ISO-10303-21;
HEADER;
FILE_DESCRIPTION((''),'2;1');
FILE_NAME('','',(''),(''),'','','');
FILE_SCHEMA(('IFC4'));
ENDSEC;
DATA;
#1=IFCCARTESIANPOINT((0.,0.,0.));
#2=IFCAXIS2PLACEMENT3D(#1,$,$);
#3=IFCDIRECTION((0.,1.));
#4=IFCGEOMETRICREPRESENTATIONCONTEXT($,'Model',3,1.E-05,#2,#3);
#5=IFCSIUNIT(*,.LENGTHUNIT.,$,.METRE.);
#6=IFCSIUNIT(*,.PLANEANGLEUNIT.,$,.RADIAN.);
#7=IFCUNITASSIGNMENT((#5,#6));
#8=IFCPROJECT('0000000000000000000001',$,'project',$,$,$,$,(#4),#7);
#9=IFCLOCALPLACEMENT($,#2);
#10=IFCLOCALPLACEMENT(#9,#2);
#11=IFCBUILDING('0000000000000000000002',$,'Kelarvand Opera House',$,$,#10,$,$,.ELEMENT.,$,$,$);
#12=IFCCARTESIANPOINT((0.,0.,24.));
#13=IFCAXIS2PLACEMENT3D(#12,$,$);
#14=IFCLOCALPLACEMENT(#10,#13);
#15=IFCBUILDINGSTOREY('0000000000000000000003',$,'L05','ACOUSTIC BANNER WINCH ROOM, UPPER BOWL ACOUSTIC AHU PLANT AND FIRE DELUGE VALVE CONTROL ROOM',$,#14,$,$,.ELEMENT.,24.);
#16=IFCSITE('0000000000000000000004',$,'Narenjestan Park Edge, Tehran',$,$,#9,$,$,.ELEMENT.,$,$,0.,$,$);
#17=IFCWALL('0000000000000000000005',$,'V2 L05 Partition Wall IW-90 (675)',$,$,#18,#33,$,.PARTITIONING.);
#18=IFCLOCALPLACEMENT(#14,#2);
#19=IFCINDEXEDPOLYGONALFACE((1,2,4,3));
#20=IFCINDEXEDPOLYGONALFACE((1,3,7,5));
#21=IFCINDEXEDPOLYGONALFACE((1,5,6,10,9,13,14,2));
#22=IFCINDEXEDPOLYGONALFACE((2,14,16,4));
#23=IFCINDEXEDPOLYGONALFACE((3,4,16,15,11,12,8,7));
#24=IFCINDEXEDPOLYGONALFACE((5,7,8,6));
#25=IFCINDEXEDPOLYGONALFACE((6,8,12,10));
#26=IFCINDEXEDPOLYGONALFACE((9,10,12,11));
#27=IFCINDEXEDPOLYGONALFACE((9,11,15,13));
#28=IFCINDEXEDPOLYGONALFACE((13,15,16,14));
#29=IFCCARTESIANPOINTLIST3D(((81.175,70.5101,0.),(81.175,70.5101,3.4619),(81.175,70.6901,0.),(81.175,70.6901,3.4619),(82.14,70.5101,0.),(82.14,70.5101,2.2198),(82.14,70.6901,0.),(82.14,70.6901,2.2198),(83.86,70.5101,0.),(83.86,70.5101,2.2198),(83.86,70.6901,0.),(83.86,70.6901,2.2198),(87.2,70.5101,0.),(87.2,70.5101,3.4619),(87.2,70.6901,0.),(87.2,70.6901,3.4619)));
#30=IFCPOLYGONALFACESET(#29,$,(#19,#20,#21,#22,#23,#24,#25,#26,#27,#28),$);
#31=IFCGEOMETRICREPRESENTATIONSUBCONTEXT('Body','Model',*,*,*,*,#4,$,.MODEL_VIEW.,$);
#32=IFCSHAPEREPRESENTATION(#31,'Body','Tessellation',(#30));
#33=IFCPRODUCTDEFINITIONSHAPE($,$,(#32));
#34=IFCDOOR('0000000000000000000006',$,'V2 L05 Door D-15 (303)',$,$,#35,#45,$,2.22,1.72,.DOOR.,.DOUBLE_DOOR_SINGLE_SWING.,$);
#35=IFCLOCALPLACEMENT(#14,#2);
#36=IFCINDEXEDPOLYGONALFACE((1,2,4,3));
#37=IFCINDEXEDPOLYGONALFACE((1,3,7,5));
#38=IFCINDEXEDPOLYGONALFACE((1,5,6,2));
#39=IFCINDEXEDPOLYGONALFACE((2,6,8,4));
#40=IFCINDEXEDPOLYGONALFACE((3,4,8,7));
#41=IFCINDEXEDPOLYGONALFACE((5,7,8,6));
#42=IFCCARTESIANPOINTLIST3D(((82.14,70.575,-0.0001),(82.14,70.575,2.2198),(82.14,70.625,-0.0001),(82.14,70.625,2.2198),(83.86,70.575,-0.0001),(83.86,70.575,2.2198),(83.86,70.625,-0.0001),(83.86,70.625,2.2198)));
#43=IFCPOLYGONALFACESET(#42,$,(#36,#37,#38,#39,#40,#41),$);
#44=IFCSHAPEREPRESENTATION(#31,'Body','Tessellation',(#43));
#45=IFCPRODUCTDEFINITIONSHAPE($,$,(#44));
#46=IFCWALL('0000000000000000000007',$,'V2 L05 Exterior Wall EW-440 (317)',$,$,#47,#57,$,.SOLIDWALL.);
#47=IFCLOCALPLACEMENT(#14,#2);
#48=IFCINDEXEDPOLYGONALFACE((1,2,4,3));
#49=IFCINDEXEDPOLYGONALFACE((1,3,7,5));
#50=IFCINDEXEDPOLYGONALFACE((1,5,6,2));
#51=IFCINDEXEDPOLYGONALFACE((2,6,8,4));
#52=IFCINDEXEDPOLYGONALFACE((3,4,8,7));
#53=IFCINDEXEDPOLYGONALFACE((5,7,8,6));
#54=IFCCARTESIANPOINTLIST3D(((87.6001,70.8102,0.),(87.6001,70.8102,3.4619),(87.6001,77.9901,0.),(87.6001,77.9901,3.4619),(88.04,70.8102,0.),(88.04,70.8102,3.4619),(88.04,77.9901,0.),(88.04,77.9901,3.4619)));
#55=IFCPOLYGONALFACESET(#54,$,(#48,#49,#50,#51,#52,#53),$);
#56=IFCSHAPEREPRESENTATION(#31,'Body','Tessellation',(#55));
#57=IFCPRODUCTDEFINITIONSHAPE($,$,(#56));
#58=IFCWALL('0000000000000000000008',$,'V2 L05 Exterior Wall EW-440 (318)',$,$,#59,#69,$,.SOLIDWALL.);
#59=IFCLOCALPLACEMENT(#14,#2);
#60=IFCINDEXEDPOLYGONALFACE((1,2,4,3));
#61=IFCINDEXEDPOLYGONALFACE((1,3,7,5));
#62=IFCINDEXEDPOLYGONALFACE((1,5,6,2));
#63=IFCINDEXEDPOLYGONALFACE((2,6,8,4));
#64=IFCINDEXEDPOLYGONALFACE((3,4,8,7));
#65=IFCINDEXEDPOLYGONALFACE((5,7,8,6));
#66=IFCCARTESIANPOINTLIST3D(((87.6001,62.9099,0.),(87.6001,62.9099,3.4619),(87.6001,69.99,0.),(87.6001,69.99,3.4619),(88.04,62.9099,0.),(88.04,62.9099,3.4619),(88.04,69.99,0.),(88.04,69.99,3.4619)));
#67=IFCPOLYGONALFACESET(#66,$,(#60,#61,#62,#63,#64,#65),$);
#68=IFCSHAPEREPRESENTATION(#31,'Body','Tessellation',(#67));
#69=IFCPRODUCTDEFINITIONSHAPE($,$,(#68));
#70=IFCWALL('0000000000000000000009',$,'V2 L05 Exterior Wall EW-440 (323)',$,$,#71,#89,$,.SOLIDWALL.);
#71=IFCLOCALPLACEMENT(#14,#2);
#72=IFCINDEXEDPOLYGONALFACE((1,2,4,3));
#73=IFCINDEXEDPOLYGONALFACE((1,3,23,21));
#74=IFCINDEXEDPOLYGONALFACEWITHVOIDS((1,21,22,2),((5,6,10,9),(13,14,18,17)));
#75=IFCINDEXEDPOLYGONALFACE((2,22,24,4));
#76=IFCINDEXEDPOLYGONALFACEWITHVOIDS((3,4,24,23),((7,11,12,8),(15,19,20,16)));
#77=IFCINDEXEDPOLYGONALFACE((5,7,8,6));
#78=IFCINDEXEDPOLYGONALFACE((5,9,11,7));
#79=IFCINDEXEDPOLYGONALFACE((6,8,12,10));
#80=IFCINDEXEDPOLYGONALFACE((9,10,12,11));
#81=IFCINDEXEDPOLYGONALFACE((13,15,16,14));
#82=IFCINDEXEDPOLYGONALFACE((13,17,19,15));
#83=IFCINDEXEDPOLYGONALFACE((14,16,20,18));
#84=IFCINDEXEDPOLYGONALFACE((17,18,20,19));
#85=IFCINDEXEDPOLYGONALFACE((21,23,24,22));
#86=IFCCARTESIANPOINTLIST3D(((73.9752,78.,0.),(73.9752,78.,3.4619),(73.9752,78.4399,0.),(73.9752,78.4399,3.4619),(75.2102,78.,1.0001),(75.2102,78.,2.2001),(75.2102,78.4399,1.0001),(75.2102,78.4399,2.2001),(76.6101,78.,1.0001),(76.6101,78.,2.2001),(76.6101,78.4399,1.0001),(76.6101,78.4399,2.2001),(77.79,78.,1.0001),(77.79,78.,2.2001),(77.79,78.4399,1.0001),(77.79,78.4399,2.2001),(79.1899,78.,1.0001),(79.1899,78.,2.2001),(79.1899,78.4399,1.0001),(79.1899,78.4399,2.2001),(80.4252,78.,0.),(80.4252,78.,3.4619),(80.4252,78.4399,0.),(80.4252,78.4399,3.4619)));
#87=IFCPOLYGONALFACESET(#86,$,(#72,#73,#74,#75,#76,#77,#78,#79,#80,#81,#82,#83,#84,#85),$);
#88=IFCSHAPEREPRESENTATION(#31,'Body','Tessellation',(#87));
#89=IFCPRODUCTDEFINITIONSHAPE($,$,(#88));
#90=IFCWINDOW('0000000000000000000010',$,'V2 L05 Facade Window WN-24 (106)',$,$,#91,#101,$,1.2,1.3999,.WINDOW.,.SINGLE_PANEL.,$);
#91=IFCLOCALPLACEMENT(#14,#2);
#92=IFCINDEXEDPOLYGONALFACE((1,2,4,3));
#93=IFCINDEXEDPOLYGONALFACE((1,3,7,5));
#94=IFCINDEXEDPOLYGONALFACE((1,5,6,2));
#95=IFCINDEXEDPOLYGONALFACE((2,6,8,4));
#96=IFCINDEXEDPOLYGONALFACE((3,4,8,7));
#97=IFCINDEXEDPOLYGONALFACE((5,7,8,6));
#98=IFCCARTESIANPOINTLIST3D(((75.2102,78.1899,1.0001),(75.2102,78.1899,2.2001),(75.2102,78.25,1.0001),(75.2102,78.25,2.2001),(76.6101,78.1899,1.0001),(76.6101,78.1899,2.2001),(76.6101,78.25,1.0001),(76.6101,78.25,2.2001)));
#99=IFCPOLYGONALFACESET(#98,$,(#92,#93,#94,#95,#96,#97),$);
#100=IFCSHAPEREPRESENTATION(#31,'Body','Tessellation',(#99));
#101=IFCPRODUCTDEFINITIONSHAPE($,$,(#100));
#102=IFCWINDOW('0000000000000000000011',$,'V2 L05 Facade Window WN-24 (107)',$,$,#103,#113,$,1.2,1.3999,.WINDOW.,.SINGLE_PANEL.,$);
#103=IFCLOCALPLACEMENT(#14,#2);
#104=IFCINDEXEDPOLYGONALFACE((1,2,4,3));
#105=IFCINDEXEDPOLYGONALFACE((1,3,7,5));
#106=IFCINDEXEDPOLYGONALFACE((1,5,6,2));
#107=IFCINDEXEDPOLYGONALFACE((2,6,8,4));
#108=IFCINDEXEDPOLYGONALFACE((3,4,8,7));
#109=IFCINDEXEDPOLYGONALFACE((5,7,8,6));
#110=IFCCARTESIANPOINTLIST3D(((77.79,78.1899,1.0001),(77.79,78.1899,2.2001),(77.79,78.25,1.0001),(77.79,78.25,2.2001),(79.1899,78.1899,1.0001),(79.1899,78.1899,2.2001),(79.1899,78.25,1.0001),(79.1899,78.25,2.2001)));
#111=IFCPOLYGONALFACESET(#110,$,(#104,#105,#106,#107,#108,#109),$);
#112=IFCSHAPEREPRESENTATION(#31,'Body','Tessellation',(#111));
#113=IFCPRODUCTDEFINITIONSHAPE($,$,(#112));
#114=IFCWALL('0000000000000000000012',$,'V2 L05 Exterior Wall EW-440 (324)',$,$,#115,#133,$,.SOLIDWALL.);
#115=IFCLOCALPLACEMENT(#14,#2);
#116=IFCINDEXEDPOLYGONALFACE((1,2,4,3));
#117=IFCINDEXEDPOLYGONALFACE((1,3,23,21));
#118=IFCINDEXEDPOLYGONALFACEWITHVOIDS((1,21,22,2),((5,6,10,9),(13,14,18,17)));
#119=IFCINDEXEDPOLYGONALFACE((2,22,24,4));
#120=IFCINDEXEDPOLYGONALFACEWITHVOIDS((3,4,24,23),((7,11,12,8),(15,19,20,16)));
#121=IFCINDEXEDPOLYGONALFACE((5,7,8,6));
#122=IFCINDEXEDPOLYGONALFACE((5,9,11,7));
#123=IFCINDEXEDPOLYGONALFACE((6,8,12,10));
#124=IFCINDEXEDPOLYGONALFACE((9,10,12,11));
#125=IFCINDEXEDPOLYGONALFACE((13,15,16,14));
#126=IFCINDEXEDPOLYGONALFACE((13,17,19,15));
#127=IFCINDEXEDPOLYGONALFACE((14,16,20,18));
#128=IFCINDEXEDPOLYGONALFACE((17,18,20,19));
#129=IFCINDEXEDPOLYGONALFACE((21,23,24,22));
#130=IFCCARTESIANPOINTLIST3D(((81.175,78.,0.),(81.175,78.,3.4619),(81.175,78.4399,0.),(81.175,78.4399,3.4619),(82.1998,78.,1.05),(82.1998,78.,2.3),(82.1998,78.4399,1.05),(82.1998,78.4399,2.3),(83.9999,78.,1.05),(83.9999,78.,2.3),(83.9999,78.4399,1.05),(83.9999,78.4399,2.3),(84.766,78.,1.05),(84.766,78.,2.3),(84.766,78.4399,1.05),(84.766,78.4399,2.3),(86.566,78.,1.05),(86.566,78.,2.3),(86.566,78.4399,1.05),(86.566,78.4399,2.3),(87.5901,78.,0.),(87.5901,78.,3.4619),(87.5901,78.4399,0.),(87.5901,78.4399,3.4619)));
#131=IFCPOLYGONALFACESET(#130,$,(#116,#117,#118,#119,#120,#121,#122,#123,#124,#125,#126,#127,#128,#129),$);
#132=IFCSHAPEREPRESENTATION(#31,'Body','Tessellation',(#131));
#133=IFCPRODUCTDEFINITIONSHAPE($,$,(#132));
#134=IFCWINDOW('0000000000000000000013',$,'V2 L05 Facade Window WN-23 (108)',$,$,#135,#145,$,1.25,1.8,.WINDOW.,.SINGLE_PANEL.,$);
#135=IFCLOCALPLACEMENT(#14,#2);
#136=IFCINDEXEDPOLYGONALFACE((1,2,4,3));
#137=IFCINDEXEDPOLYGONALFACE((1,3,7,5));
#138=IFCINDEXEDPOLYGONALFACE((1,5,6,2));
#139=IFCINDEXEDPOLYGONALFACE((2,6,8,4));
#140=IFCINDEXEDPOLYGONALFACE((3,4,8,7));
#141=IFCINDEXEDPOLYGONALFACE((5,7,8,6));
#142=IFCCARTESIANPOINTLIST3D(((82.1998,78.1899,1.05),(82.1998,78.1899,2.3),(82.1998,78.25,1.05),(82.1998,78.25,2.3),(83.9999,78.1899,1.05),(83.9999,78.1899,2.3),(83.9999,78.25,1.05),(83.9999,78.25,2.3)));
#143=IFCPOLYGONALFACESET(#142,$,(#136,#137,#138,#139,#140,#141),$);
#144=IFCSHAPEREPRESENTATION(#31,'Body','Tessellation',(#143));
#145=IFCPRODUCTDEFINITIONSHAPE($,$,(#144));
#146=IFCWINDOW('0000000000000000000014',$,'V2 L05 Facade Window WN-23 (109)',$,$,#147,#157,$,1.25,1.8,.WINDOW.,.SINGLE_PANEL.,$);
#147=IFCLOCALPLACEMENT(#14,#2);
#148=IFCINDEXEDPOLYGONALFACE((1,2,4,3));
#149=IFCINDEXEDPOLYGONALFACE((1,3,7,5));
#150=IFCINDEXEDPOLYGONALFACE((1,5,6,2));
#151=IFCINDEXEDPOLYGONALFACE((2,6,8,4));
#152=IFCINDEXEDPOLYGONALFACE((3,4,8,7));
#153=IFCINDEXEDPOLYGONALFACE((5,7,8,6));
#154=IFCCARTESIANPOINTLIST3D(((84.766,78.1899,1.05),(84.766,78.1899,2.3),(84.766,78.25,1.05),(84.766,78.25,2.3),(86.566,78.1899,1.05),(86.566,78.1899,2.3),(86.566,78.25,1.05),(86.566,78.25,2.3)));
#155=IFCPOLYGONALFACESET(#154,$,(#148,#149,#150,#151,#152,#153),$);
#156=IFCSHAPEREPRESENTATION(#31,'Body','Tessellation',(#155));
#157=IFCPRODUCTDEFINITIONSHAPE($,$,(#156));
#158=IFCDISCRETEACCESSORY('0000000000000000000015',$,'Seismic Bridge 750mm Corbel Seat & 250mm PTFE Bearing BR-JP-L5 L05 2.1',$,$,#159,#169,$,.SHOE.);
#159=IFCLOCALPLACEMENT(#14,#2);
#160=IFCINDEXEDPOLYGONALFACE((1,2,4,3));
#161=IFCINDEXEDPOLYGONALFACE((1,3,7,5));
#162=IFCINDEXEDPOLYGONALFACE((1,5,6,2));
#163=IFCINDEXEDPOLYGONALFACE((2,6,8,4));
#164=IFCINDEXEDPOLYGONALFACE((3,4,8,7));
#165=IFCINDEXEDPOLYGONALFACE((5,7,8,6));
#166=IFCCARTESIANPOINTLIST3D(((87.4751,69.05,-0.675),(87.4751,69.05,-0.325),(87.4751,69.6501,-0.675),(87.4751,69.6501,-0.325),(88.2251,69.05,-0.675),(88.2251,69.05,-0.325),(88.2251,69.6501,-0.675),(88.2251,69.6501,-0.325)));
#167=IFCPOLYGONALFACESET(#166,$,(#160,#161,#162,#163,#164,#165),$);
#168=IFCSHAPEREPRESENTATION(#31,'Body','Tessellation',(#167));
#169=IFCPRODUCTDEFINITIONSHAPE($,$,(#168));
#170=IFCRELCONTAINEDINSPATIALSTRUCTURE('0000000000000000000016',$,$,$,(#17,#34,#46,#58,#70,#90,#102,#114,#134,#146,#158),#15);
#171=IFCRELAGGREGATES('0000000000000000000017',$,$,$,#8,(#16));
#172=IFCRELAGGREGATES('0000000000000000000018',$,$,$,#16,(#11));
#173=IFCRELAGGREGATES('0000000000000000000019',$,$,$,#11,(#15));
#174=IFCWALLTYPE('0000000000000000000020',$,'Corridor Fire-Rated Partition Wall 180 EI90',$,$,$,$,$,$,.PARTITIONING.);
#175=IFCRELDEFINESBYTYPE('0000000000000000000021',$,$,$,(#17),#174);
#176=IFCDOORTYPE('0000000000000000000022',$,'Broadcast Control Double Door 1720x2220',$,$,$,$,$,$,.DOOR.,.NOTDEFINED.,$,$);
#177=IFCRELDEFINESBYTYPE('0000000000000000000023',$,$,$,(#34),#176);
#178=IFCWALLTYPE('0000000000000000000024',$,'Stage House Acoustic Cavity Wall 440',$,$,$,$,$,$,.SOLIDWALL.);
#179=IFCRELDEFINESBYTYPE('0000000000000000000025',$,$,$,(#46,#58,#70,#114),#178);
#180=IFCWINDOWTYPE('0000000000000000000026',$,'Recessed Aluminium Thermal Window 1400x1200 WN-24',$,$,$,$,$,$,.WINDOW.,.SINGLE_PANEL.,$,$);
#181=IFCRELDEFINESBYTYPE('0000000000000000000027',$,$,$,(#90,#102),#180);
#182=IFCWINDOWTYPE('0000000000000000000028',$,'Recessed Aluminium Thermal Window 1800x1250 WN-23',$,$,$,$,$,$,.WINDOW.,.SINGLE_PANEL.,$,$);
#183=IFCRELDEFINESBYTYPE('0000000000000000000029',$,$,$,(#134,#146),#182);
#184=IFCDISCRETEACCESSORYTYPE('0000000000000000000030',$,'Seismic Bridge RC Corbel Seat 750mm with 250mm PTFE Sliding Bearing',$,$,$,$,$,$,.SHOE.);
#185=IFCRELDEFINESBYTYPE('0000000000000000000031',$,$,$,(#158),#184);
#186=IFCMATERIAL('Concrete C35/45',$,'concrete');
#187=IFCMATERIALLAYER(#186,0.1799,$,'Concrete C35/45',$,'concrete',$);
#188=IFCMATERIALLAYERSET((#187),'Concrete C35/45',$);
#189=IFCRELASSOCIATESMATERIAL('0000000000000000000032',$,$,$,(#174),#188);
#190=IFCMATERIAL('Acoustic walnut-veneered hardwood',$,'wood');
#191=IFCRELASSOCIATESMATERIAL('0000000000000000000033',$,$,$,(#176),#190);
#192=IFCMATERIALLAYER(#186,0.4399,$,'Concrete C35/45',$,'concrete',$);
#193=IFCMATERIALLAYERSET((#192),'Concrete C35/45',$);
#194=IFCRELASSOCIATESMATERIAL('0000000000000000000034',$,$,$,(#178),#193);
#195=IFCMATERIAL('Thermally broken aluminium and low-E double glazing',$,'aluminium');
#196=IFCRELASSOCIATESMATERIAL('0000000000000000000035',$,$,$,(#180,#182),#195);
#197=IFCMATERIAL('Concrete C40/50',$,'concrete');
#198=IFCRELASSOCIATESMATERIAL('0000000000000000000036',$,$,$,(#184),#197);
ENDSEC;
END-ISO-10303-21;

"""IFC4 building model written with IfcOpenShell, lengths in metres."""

from ifc_helpers import new_model, si_unit, direction, frame, frame_2d, origin, origin_2d, place, context, subcontext, project, spatial, rectangle, extrude, material, layer, layer_set, type_object, element, fill, save


model = new_model("IFC4")

# Units and contexts
model_context = context("Model", 3, precision=1e-05, world=origin(), true_north=direction((0.0, 1.0)))
body_context = subcontext(model_context, "Body", "Model", "MODEL_VIEW")
ifc_project = project(units=[si_unit("LENGTHUNIT", "METRE"), si_unit("PLANEANGLEUNIT", "RADIAN")], contexts=[model_context])

# Site, building, storey
site_placement = place(None, origin())
site = spatial("IfcSite", under=ifc_project, at=site_placement, Name="Narenjestan Park Edge, Tehran", CompositionType="ELEMENT", RefElevation=0.0)
building_placement = place(site_placement, origin())
building = spatial("IfcBuilding", under=site, at=building_placement, Name="Kelarvand Opera House", CompositionType="ELEMENT")
storey_placement = place(building_placement, frame((0.0, 0.0, 24.0)))
storey = spatial("IfcBuildingStorey", under=building, at=storey_placement, Name="L05", Description="ACOUSTIC BANNER WINCH ROOM, UPPER BOWL ACOUSTIC AHU PLANT AND FIRE DELUGE VALVE CONTROL ROOM", CompositionType="ELEMENT", Elevation=24.0)

# Shared definitions
ifc_material_1 = material(Name="Concrete C40/50", Category="concrete")

# Shared definitions
ifc_material_2 = material(Name="Concrete C35/45", Category="concrete")

# Shared definitions
ifc_layer_1 = layer(ifc_material_2, 0.1799, Name="Concrete C35/45", Category="concrete")
ifc_layer_set_1 = layer_set([ifc_layer_1], Name="Concrete C35/45")
wall_type_1 = type_object("IfcWallType", Name="Corridor Fire-Rated Partition Wall 180 EI90", PredefinedType="PARTITIONING", material=ifc_layer_set_1)
ifc_material_3 = material(Name="Acoustic walnut-veneered hardwood", Category="wood")

# Wall, opening, door
wall_1_placement = place(storey_placement, frame((81.175, 70.6001, 0.0), z_axis=(0.0, 0.0, 1.0), x_axis=(1.0, 0.0, 0.0)))
wall_1 = element("IfcWall", 1, at=wall_1_placement, inside=storey, type_object=wall_type_1, Name="V2 L05 Partition Wall IW-90 (675)", PredefinedType="PARTITIONING", context=body_context, shape_type="SweptSolid", body=[
    extrude(rectangle(XDim=6.0249, YDim=0.1799, at=frame_2d((3.0125, 0.0))), origin(), (0.0, 0.0, 1.0), 3.4619),
])
opening_1_placement = place(wall_1_placement, frame((0.9651, 0.0, 0.0)))
opening_1 = element("IfcOpeningElement", 2, at=opening_1_placement, cuts=wall_1, PredefinedType="OPENING", context=body_context, shape_type="SweptSolid", body=[
    extrude(rectangle(XDim=1.72, YDim=2.22, at=frame_2d((0.8599, 1.1099))), frame((0.0, 0.1001, 0.0), z_axis=(0.0, -1.0, 0.0), x_axis=(1.0, 0.0, 0.0)), (0.0, 0.0, 1.0), 0.2),
])
door_type_1 = type_object("IfcDoorType", Name="Broadcast Control Double Door 1720x2220", OperationType="NOTDEFINED", PredefinedType="DOOR", material=ifc_material_3)
door_1_placement = place(opening_1_placement, origin())
door_1 = element("IfcDoor", 3, at=door_1_placement, inside=storey, type_object=door_type_1, Name="V2 L05 Door D-15 (303)", OperationType="DOUBLE_DOOR_SINGLE_SWING", OverallHeight=2.22, OverallWidth=1.72, PredefinedType="DOOR", context=body_context, shape_type="SweptSolid", body=[
    extrude(rectangle(XDim=1.72, YDim=2.22, at=frame_2d((0.8599, 1.1099))), frame((0.0, 0.0249, 0.0), z_axis=(0.0, -1.0, 0.0), x_axis=(1.0, 0.0, 0.0)), (0.0, 0.0, 1.0), 0.05),
])
fill(opening_1, door_1)

# Walls
ifc_layer_2 = layer(ifc_material_2, 0.4399, Name="Concrete C35/45", Category="concrete")
ifc_layer_set_2 = layer_set([ifc_layer_2], Name="Concrete C35/45")
wall_type_2 = type_object("IfcWallType", Name="Stage House Acoustic Cavity Wall 440", PredefinedType="SOLIDWALL", material=ifc_layer_set_2)
wall_2_placement = place(storey_placement, frame((87.8201, 77.99, 0.0), z_axis=(0.0, 0.0, 1.0), x_axis=(0.0, -1.0, 0.0)))
element("IfcWall", 4, at=wall_2_placement, inside=storey, type_object=wall_type_2, Name="V2 L05 Exterior Wall EW-440 (317)", PredefinedType="SOLIDWALL", context=body_context, shape_type="SweptSolid", body=[
    extrude(rectangle(XDim=7.1799, YDim=0.4399, at=frame_2d((3.5898, 0.0))), origin(), (0.0, 0.0, 1.0), 3.4619),
])
wall_3_placement = place(storey_placement, frame((87.8201, 69.99, 0.0), z_axis=(0.0, 0.0, 1.0), x_axis=(0.0, -1.0, 0.0)))
element("IfcWall", 5, at=wall_3_placement, inside=storey, type_object=wall_type_2, Name="V2 L05 Exterior Wall EW-440 (318)", PredefinedType="SOLIDWALL", context=body_context, shape_type="SweptSolid", body=[
    extrude(rectangle(XDim=7.0801, YDim=0.4399, at=frame_2d((3.54, 0.0))), origin(), (0.0, 0.0, 1.0), 3.4619),
])

# Walls, openings, windows
wall_4_placement = place(storey_placement, frame((73.9751, 78.22, 0.0), z_axis=(0.0, 0.0, 1.0), x_axis=(1.0, 0.0, 0.0)))
wall_4 = element("IfcWall", 6, at=wall_4_placement, inside=storey, type_object=wall_type_2, Name="V2 L05 Exterior Wall EW-440 (323)", PredefinedType="SOLIDWALL", context=body_context, shape_type="SweptSolid", body=[
    extrude(rectangle(XDim=6.45, YDim=0.4399, at=frame_2d((3.2251, 0.0))), origin(), (0.0, 0.0, 1.0), 3.4619),
])
opening_2_placement = place(wall_4_placement, frame((1.2351, 0.0, 1.0)))
opening_2 = element("IfcOpeningElement", 7, at=opening_2_placement, cuts=wall_4, PredefinedType="OPENING", context=body_context, shape_type="SweptSolid", body=[
    extrude(rectangle(XDim=1.3999, YDim=1.2, at=frame_2d((0.7, 0.6001))), frame((0.0, 0.23, 0.0), z_axis=(0.0, -1.0, 0.0), x_axis=(1.0, 0.0, 0.0)), (0.0, 0.0, 1.0), 0.46),
])
opening_3_placement = place(wall_4_placement, frame((3.8149, 0.0, 1.0)))
opening_3 = element("IfcOpeningElement", 8, at=opening_3_placement, cuts=wall_4, PredefinedType="OPENING", context=body_context, shape_type="SweptSolid", body=[
    extrude(rectangle(XDim=1.3999, YDim=1.2, at=frame_2d((0.7, 0.6001))), frame((0.0, 0.23, 0.0), z_axis=(0.0, -1.0, 0.0), x_axis=(1.0, 0.0, 0.0)), (0.0, 0.0, 1.0), 0.46),
])
ifc_material_4 = material(Name="Thermally broken aluminium and low-E double glazing", Category="aluminium")
window_type_1 = type_object("IfcWindowType", Name="Recessed Aluminium Thermal Window 1400x1200 WN-24", PartitioningType="SINGLE_PANEL", PredefinedType="WINDOW", material=ifc_material_4)
window_1_placement = place(opening_2_placement, origin())
window_1 = element("IfcWindow", 9, at=window_1_placement, inside=storey, type_object=window_type_1, Name="V2 L05 Facade Window WN-24 (106)", OverallHeight=1.2, OverallWidth=1.3999, PartitioningType="SINGLE_PANEL", PredefinedType="WINDOW", context=body_context, shape_type="SweptSolid", body=[
    extrude(rectangle(XDim=1.3999, YDim=1.2, at=frame_2d((0.7, 0.6001))), frame((0.0, 0.03, 0.0), z_axis=(0.0, -1.0, 0.0), x_axis=(1.0, 0.0, 0.0)), (0.0, 0.0, 1.0), 0.0601),
])
fill(opening_2, window_1)
window_2_placement = place(opening_3_placement, origin())
window_2 = element("IfcWindow", 10, at=window_2_placement, inside=storey, type_object=window_type_1, Name="V2 L05 Facade Window WN-24 (107)", OverallHeight=1.2, OverallWidth=1.3999, PartitioningType="SINGLE_PANEL", PredefinedType="WINDOW", context=body_context, shape_type="SweptSolid", body=[
    extrude(rectangle(XDim=1.3999, YDim=1.2, at=frame_2d((0.7, 0.6001))), frame((0.0, 0.03, 0.0), z_axis=(0.0, -1.0, 0.0), x_axis=(1.0, 0.0, 0.0)), (0.0, 0.0, 1.0), 0.0601),
])
fill(opening_3, window_2)
wall_5_placement = place(storey_placement, frame((81.175, 78.22, 0.0), z_axis=(0.0, 0.0, 1.0), x_axis=(1.0, 0.0, 0.0)))
wall_5 = element("IfcWall", 11, at=wall_5_placement, inside=storey, type_object=wall_type_2, Name="V2 L05 Exterior Wall EW-440 (324)", PredefinedType="SOLIDWALL", context=body_context, shape_type="SweptSolid", body=[
    extrude(rectangle(XDim=6.415, YDim=0.4399, at=frame_2d((3.2075, 0.0))), origin(), (0.0, 0.0, 1.0), 3.4619),
])
opening_4_placement = place(wall_5_placement, frame((1.0249, 0.0, 1.05)))
opening_4 = element("IfcOpeningElement", 12, at=opening_4_placement, cuts=wall_5, PredefinedType="OPENING", context=body_context, shape_type="SweptSolid", body=[
    extrude(rectangle(XDim=1.8, YDim=1.25, at=frame_2d((0.8999, 0.625))), frame((0.0, 0.23, 0.0), z_axis=(0.0, -1.0, 0.0), x_axis=(1.0, 0.0, 0.0)), (0.0, 0.0, 1.0), 0.46),
])
opening_5_placement = place(wall_5_placement, frame((3.5911, 0.0, 1.05)))
opening_5 = element("IfcOpeningElement", 13, at=opening_5_placement, cuts=wall_5, PredefinedType="OPENING", context=body_context, shape_type="SweptSolid", body=[
    extrude(rectangle(XDim=1.8, YDim=1.25, at=frame_2d((0.8999, 0.625))), frame((0.0, 0.23, 0.0), z_axis=(0.0, -1.0, 0.0), x_axis=(1.0, 0.0, 0.0)), (0.0, 0.0, 1.0), 0.46),
])
window_type_2 = type_object("IfcWindowType", Name="Recessed Aluminium Thermal Window 1800x1250 WN-23", PartitioningType="SINGLE_PANEL", PredefinedType="WINDOW", material=ifc_material_4)
window_3_placement = place(opening_4_placement, origin())
window_3 = element("IfcWindow", 14, at=window_3_placement, inside=storey, type_object=window_type_2, Name="V2 L05 Facade Window WN-23 (108)", OverallHeight=1.25, OverallWidth=1.8, PartitioningType="SINGLE_PANEL", PredefinedType="WINDOW", context=body_context, shape_type="SweptSolid", body=[
    extrude(rectangle(XDim=1.8, YDim=1.25, at=frame_2d((0.8999, 0.625))), frame((0.0, 0.03, 0.0), z_axis=(0.0, -1.0, 0.0), x_axis=(1.0, 0.0, 0.0)), (0.0, 0.0, 1.0), 0.0601),
])
fill(opening_4, window_3)
window_4_placement = place(opening_5_placement, origin())
window_4 = element("IfcWindow", 15, at=window_4_placement, inside=storey, type_object=window_type_2, Name="V2 L05 Facade Window WN-23 (109)", OverallHeight=1.25, OverallWidth=1.8, PartitioningType="SINGLE_PANEL", PredefinedType="WINDOW", context=body_context, shape_type="SweptSolid", body=[
    extrude(rectangle(XDim=1.8, YDim=1.25, at=frame_2d((0.8999, 0.625))), frame((0.0, 0.03, 0.0), z_axis=(0.0, -1.0, 0.0), x_axis=(1.0, 0.0, 0.0)), (0.0, 0.0, 1.0), 0.0601),
])
fill(opening_5, window_4)

# Discrete accessory
discrete_accessory_type_1 = type_object("IfcDiscreteAccessoryType", Name="Seismic Bridge RC Corbel Seat 750mm with 250mm PTFE Sliding Bearing", PredefinedType="SHOE", material=ifc_material_1)
discrete_accessory_1_placement = place(storey_placement, frame((87.8501, 69.3501, -0.675), z_axis=(0.0, 0.0, 1.0), x_axis=(1.0, 0.0, 0.0)))
element("IfcDiscreteAccessory", 16, at=discrete_accessory_1_placement, inside=storey, type_object=discrete_accessory_type_1, Name="Seismic Bridge 750mm Corbel Seat & 250mm PTFE Bearing BR-JP-L5 L05 2.1", PredefinedType="SHOE", context=body_context, shape_type="SweptSolid", body=[
    extrude(rectangle(XDim=0.75, YDim=0.6001, at=origin_2d()), origin(), (0.0, 0.0, 1.0), 0.3501),
])

save(model, "model.ifc")
